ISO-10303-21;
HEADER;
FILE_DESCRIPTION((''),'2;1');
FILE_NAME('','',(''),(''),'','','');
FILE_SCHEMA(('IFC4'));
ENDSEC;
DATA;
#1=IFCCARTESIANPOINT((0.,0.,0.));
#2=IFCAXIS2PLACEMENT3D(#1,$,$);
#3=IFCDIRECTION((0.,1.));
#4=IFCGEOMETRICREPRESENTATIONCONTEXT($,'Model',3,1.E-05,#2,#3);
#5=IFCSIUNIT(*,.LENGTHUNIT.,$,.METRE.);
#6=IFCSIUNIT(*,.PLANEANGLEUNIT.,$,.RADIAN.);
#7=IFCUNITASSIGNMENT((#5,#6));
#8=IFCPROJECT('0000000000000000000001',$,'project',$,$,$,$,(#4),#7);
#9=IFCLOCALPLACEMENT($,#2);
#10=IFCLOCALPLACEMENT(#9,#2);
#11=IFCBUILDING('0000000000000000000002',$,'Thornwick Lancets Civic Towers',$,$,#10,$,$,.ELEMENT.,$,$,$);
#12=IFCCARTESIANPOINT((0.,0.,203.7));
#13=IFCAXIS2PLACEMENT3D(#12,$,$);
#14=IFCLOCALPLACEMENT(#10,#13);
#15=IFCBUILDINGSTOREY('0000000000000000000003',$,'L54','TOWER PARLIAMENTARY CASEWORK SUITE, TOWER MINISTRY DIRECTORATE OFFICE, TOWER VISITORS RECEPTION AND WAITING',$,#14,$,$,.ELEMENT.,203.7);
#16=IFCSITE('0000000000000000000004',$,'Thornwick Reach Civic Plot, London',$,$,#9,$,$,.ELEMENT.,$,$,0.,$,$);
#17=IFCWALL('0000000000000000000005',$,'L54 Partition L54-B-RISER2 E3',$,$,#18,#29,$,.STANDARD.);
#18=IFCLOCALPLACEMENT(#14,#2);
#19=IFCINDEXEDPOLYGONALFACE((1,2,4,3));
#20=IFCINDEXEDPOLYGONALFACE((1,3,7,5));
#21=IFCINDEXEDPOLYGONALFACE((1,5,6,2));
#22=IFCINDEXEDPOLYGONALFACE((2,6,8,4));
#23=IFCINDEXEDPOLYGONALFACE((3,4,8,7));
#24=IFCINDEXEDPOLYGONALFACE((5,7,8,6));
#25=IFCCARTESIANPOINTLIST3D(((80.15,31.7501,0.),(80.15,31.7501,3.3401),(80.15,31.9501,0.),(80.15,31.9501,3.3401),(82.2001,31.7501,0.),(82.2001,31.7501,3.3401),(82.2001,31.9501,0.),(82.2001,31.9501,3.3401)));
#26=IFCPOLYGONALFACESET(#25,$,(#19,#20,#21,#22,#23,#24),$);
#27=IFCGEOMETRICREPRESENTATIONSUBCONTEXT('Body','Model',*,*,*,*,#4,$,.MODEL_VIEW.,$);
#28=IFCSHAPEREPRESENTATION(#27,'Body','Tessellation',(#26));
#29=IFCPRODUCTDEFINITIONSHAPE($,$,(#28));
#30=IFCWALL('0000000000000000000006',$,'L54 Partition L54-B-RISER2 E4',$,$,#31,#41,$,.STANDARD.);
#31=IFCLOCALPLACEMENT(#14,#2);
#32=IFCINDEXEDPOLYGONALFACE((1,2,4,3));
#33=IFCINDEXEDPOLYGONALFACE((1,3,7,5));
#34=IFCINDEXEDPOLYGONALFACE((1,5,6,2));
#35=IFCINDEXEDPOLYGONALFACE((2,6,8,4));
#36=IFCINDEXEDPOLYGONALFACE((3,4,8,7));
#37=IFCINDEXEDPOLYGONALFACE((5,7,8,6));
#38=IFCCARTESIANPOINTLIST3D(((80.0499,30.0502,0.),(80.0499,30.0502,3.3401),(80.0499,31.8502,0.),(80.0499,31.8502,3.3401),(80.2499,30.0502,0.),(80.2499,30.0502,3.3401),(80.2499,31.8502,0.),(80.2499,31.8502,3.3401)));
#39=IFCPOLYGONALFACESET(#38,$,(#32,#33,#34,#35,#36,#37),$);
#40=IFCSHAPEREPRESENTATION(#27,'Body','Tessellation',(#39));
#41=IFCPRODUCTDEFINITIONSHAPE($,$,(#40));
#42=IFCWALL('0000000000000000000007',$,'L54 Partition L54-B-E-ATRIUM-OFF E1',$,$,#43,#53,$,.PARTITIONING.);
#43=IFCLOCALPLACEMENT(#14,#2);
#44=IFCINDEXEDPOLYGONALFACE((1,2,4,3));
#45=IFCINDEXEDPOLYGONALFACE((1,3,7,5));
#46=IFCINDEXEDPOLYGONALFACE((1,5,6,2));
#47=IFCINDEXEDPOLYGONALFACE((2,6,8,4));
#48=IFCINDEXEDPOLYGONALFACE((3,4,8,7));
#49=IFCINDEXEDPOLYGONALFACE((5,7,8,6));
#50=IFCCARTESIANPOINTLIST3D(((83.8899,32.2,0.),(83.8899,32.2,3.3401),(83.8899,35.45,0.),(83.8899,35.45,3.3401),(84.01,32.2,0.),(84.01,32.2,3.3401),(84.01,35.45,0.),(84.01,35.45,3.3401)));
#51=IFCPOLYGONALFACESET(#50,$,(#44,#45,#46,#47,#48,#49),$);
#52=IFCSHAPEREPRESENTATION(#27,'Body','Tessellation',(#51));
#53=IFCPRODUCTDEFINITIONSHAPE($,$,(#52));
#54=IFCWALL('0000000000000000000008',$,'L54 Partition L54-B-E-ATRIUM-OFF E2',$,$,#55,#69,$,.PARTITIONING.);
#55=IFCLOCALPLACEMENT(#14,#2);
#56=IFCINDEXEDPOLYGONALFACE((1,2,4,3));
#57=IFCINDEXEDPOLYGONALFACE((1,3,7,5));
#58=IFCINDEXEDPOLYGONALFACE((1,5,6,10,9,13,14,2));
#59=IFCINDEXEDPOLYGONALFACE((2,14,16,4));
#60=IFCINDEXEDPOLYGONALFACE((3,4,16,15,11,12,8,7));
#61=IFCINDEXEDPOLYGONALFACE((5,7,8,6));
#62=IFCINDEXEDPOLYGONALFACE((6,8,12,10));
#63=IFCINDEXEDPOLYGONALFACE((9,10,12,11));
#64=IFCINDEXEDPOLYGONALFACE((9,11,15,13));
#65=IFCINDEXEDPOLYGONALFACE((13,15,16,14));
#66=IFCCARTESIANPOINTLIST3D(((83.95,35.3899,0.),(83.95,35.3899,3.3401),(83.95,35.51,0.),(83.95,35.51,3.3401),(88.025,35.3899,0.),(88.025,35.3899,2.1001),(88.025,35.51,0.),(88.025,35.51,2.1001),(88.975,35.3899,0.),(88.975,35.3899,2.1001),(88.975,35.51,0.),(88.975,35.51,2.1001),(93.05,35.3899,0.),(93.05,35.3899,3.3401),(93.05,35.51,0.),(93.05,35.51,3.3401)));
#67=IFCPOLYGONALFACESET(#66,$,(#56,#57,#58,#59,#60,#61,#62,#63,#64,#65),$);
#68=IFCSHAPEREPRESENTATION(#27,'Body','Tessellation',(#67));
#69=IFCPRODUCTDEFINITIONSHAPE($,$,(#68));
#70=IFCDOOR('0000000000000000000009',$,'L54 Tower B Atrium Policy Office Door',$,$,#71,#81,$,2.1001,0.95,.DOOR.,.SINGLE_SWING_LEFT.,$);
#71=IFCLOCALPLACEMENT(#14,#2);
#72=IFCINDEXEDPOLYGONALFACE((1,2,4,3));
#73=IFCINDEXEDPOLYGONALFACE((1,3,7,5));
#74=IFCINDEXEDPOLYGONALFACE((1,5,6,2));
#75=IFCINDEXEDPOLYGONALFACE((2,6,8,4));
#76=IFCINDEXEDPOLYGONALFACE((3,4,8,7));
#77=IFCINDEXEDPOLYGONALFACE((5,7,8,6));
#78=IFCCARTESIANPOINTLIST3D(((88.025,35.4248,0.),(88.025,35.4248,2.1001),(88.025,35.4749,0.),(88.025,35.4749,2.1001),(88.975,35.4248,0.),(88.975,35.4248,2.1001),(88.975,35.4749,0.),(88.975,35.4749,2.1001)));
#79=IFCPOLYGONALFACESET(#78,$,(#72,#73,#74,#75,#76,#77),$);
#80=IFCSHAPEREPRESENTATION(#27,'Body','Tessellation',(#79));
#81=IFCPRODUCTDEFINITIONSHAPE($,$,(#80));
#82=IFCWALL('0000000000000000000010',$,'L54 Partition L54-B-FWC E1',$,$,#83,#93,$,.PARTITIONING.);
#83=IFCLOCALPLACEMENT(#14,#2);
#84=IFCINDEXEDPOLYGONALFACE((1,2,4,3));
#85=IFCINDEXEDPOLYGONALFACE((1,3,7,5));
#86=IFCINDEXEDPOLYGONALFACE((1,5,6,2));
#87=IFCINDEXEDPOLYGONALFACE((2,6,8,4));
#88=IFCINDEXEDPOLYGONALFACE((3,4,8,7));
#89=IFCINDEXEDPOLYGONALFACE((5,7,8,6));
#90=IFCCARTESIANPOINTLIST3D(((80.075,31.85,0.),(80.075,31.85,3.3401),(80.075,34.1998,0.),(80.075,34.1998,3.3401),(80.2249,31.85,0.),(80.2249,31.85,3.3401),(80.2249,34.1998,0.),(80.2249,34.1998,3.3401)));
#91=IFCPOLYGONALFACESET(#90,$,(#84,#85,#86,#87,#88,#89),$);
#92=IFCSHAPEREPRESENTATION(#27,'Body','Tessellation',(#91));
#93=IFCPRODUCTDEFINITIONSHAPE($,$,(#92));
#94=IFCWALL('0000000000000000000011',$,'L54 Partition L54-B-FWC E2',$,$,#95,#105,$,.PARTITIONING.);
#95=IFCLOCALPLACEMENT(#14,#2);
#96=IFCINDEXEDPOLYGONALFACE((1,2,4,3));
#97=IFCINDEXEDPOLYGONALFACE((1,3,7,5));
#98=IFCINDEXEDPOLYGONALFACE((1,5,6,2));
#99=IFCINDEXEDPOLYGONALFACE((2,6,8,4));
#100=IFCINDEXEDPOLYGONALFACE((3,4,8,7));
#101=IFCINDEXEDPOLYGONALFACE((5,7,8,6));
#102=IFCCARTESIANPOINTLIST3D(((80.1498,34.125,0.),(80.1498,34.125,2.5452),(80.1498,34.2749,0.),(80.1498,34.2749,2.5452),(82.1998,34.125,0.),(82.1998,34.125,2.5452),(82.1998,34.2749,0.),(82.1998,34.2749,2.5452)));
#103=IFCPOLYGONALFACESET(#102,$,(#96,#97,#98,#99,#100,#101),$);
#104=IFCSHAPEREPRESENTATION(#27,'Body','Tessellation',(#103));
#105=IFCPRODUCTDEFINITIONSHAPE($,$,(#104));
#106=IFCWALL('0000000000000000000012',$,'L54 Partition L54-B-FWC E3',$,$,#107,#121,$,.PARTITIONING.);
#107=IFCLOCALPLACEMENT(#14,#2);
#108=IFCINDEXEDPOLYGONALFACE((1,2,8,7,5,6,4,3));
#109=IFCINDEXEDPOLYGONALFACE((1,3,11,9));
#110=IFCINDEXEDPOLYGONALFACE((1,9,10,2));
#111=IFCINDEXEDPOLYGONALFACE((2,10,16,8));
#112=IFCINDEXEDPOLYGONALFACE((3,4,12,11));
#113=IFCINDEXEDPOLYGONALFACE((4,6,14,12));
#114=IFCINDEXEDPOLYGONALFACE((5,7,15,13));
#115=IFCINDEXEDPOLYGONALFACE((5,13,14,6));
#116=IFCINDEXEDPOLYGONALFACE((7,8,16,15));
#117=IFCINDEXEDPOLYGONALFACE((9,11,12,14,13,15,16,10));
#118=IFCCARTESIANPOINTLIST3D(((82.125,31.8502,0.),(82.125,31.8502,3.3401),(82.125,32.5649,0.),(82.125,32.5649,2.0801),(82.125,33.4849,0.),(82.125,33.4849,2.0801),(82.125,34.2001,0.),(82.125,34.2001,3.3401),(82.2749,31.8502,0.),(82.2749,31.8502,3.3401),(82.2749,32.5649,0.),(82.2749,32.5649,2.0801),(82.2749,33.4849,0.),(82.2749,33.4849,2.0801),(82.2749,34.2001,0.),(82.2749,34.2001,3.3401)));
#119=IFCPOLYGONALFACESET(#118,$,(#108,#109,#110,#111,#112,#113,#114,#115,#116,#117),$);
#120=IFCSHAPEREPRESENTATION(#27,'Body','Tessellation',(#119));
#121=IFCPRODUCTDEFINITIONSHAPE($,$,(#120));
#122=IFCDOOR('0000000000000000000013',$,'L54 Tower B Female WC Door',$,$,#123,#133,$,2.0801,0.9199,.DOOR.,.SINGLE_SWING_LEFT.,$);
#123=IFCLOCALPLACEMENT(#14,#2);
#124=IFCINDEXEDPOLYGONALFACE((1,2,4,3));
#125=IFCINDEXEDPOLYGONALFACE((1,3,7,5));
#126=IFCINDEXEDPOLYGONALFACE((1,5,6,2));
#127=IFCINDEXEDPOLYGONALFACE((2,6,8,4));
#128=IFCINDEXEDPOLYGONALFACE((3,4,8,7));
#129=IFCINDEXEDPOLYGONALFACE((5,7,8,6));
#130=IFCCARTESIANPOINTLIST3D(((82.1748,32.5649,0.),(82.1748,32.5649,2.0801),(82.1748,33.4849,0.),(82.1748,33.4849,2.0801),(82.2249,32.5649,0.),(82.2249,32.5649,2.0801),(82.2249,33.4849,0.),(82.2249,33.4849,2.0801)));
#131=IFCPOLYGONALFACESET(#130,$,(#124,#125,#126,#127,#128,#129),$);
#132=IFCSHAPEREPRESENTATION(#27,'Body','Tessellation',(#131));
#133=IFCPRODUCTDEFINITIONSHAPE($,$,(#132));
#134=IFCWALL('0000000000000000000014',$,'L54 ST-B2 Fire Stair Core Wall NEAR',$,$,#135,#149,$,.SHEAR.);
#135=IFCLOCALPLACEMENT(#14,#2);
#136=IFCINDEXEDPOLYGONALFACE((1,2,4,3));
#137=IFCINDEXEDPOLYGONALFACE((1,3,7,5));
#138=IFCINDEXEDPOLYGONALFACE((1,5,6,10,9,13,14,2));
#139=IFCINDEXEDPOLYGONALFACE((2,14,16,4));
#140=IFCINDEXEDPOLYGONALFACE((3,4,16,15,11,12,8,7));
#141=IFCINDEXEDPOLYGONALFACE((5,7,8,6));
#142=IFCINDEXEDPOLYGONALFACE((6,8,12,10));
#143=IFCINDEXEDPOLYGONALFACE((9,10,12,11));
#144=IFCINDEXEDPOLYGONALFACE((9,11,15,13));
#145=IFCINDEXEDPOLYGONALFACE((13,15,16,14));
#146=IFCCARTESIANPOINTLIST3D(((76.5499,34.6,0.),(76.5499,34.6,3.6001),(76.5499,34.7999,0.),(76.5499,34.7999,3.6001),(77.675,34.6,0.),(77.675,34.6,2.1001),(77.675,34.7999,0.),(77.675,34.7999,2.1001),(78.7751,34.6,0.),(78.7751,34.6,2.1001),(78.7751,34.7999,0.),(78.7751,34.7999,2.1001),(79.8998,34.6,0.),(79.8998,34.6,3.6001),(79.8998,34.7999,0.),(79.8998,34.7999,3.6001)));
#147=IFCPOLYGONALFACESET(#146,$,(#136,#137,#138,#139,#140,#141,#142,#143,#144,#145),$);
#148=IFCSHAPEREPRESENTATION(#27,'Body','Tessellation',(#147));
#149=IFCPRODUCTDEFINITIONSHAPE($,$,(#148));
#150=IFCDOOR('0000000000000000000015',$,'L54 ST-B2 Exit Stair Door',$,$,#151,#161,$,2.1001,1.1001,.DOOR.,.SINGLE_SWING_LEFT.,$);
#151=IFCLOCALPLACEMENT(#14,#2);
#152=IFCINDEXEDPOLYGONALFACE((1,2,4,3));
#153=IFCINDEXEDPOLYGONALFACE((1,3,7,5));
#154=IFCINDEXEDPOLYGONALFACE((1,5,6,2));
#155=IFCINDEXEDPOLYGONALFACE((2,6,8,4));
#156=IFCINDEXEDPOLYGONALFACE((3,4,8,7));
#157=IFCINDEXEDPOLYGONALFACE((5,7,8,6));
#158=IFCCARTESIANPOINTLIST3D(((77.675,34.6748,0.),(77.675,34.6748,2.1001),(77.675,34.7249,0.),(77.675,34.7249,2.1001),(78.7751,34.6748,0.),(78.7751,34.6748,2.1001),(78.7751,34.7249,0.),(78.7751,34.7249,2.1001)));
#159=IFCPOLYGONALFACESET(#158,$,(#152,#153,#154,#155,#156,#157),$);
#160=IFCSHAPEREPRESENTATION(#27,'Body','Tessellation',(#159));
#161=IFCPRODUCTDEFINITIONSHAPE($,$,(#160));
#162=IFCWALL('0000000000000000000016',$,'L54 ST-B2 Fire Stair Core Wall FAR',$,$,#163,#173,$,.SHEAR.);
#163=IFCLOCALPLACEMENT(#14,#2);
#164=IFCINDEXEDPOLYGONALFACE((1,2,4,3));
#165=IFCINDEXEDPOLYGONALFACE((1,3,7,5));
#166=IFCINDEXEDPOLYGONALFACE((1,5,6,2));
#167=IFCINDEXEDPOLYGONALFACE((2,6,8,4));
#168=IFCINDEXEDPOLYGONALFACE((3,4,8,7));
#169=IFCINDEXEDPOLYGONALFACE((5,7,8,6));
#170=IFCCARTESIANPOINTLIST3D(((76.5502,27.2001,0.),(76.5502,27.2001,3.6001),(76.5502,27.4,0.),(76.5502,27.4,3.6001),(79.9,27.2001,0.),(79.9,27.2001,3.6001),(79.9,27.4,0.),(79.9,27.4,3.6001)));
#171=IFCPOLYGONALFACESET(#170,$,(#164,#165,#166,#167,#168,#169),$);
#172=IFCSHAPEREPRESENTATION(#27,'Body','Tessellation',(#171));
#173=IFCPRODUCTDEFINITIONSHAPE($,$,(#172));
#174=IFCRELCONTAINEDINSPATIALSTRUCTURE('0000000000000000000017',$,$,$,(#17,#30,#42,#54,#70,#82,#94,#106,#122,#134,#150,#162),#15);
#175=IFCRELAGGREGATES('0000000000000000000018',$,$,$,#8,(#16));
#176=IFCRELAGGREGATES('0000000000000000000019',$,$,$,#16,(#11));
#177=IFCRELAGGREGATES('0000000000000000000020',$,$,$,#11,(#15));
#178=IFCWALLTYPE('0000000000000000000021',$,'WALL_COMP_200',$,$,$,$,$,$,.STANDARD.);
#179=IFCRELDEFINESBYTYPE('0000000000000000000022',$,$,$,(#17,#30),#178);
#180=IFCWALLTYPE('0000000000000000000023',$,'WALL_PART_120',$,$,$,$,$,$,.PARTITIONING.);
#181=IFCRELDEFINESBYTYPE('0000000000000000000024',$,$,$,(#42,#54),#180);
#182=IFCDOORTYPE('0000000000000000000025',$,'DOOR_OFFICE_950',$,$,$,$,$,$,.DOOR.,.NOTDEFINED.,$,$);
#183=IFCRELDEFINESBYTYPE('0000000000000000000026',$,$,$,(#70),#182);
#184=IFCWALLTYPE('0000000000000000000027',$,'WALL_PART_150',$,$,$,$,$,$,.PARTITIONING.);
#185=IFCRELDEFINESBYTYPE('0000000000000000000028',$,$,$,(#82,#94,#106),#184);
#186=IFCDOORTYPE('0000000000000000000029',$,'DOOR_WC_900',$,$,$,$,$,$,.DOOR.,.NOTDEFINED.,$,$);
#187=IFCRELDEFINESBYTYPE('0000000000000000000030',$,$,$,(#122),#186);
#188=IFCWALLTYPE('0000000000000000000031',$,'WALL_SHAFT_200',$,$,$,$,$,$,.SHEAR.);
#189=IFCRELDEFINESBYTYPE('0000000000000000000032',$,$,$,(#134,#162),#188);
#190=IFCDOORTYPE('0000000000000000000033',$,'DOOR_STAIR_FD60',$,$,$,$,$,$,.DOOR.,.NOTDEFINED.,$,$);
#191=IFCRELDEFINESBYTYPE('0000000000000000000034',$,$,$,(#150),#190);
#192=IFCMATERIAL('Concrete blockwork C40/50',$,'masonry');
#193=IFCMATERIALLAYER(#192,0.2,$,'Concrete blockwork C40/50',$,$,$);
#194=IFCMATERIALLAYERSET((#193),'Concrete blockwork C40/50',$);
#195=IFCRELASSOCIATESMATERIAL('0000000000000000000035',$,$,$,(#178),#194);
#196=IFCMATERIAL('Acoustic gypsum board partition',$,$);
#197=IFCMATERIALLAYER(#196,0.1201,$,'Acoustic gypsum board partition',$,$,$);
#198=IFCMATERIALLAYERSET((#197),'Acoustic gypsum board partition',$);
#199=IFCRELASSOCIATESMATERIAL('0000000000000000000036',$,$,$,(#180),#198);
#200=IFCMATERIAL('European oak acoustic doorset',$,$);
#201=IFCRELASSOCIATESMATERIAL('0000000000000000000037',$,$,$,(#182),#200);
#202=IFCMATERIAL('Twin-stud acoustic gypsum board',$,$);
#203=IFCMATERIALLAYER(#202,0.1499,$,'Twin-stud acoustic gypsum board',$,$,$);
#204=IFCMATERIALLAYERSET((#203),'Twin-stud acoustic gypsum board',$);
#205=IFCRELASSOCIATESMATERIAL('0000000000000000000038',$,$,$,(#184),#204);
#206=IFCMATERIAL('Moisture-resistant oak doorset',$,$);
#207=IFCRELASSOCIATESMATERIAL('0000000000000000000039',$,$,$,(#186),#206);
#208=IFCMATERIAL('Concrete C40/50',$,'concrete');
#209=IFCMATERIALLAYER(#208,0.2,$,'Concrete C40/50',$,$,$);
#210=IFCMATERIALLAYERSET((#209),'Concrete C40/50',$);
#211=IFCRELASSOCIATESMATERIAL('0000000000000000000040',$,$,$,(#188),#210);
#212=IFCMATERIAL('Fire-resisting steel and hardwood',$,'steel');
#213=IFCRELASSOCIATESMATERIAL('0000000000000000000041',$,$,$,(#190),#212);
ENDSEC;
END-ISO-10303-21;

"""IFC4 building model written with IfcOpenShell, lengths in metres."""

from ifc_helpers import new_model, si_unit, direction, frame, frame_2d, origin, place, context, subcontext, project, spatial, rectangle, extrude, material, layer, layer_set, type_object, element, fill, save


model = new_model("IFC4")

# Units and contexts
model_context = context("Model", 3, precision=1e-05, world=origin(), true_north=direction((0.0, 1.0)))
body_context = subcontext(model_context, "Body", "Model", "MODEL_VIEW")
ifc_project = project(units=[si_unit("LENGTHUNIT", "METRE"), si_unit("PLANEANGLEUNIT", "RADIAN")], contexts=[model_context])

# Site, building, storey
site_placement = place(None, origin())
site = spatial("IfcSite", under=ifc_project, at=site_placement, Name="Thornwick Reach Civic Plot, London", CompositionType="ELEMENT", RefElevation=0.0)
building_placement = place(site_placement, origin())
building = spatial("IfcBuilding", under=site, at=building_placement, Name="Thornwick Lancets Civic Towers", CompositionType="ELEMENT")
storey_placement = place(building_placement, frame((0.0, 0.0, 203.7)))
storey = spatial("IfcBuildingStorey", under=building, at=storey_placement, Name="L54", Description="TOWER PARLIAMENTARY CASEWORK SUITE, TOWER MINISTRY DIRECTORATE OFFICE, TOWER VISITORS RECEPTION AND WAITING", CompositionType="ELEMENT", Elevation=203.7)

# Shared definitions
ifc_material_1 = material(Name="Concrete blockwork C40/50", Category="masonry")
ifc_layer_1 = layer(ifc_material_1, 0.2, Name="Concrete blockwork C40/50")
ifc_layer_set_1 = layer_set([ifc_layer_1], Name="Concrete blockwork C40/50")
wall_type_1 = type_object("IfcWallType", Name="WALL_COMP_200", PredefinedType="STANDARD", material=ifc_layer_set_1)

# Walls
wall_1_placement = place(storey_placement, frame((82.2, 31.8501, 0.0), z_axis=(0.0, 0.0, 1.0), x_axis=(-1.0, 0.0, 0.0)))
element("IfcWall", 1, at=wall_1_placement, inside=storey, type_object=wall_type_1, Name="L54 Partition L54-B-RISER2 E3", PredefinedType="STANDARD", context=body_context, shape_type="SweptSolid", body=[
    extrude(rectangle(XDim=2.05, YDim=0.2, at=frame_2d((1.0249, 0.0))), origin(), (0.0, 0.0, 1.0), 3.3401),
])
wall_2_placement = place(storey_placement, frame((80.1499, 31.8501, 0.0), z_axis=(0.0, 0.0, 1.0), x_axis=(0.0, -1.0, 0.0)))
element("IfcWall", 2, at=wall_2_placement, inside=storey, type_object=wall_type_1, Name="L54 Partition L54-B-RISER2 E4", PredefinedType="STANDARD", context=body_context, shape_type="SweptSolid", body=[
    extrude(rectangle(XDim=1.8, YDim=0.2, at=frame_2d((0.8999, 0.0))), origin(), (0.0, 0.0, 1.0), 3.3401),
])
ifc_material_2 = material(Name="Acoustic gypsum board partition")
ifc_layer_2 = layer(ifc_material_2, 0.1201, Name="Acoustic gypsum board partition")
ifc_layer_set_2 = layer_set([ifc_layer_2], Name="Acoustic gypsum board partition")
wall_type_2 = type_object("IfcWallType", Name="WALL_PART_120", PredefinedType="PARTITIONING", material=ifc_layer_set_2)
wall_3_placement = place(storey_placement, frame((83.95, 32.2, 0.0), z_axis=(0.0, 0.0, 1.0), x_axis=(0.0, 1.0, 0.0)))
element("IfcWall", 3, at=wall_3_placement, inside=storey, type_object=wall_type_2, Name="L54 Partition L54-B-E-ATRIUM-OFF E1", PredefinedType="PARTITIONING", context=body_context, shape_type="SweptSolid", body=[
    extrude(rectangle(XDim=3.25, YDim=0.1201, at=frame_2d((1.625, 0.0))), origin(), (0.0, 0.0, 1.0), 3.3401),
])

# Wall, opening, door
wall_4_placement = place(storey_placement, frame((83.95, 35.45, 0.0), z_axis=(0.0, 0.0, 1.0), x_axis=(1.0, 0.0, 0.0)))
wall_4 = element("IfcWall", 4, at=wall_4_placement, inside=storey, type_object=wall_type_2, Name="L54 Partition L54-B-E-ATRIUM-OFF E2", PredefinedType="PARTITIONING", context=body_context, shape_type="SweptSolid", body=[
    extrude(rectangle(XDim=9.1001, YDim=0.1201, at=frame_2d((4.55, 0.0))), origin(), (0.0, 0.0, 1.0), 3.3401),
])
opening_1_placement = place(wall_4_placement, frame((4.075, 0.0, 0.0)))
opening_1 = element("IfcOpeningElement", 5, at=opening_1_placement, cuts=wall_4, PredefinedType="OPENING", context=body_context, shape_type="SweptSolid", body=[
    extrude(rectangle(XDim=0.95, YDim=2.1001, at=frame_2d((0.4751, 1.05))), frame((0.0, 0.0701, 0.0), z_axis=(0.0, -1.0, 0.0), x_axis=(1.0, 0.0, 0.0)), (0.0, 0.0, 1.0), 0.1401),
])
ifc_material_3 = material(Name="European oak acoustic doorset")
door_type_1 = type_object("IfcDoorType", Name="DOOR_OFFICE_950", OperationType="NOTDEFINED", PredefinedType="DOOR", material=ifc_material_3)
door_1_placement = place(opening_1_placement, origin())
door_1 = element("IfcDoor", 6, at=door_1_placement, inside=storey, type_object=door_type_1, Name="L54 Tower B Atrium Policy Office Door", OperationType="SINGLE_SWING_LEFT", OverallHeight=2.1001, OverallWidth=0.95, PredefinedType="DOOR", context=body_context, shape_type="SweptSolid", body=[
    extrude(rectangle(XDim=0.95, YDim=2.1001, at=frame_2d((0.4751, 1.05))), frame((0.0, 0.0249, 0.0), z_axis=(0.0, -1.0, 0.0), x_axis=(1.0, 0.0, 0.0)), (0.0, 0.0, 1.0), 0.05),
])
fill(opening_1, door_1)

# Walls
ifc_material_4 = material(Name="Twin-stud acoustic gypsum board")
ifc_layer_3 = layer(ifc_material_4, 0.1499, Name="Twin-stud acoustic gypsum board")
ifc_layer_set_3 = layer_set([ifc_layer_3], Name="Twin-stud acoustic gypsum board")
wall_type_3 = type_object("IfcWallType", Name="WALL_PART_150", PredefinedType="PARTITIONING", material=ifc_layer_set_3)
wall_5_placement = place(storey_placement, frame((80.1499, 31.8501, 0.0), z_axis=(0.0, 0.0, 1.0), x_axis=(0.0, 1.0, 0.0)))
element("IfcWall", 7, at=wall_5_placement, inside=storey, type_object=wall_type_3, Name="L54 Partition L54-B-FWC E1", PredefinedType="PARTITIONING", context=body_context, shape_type="SweptSolid", body=[
    extrude(rectangle(XDim=2.3499, YDim=0.1499, at=frame_2d((1.1748, 0.0))), origin(), (0.0, 0.0, 1.0), 3.3401),
])
wall_6_placement = place(storey_placement, frame((80.1499, 34.2, 0.0), z_axis=(0.0, 0.0, 1.0), x_axis=(1.0, 0.0, 0.0)))
element("IfcWall", 8, at=wall_6_placement, inside=storey, type_object=wall_type_3, Name="L54 Partition L54-B-FWC E2", PredefinedType="PARTITIONING", context=body_context, shape_type="SweptSolid", body=[
    extrude(rectangle(XDim=2.05, YDim=0.1499, at=frame_2d((1.0249, 0.0))), origin(), (0.0, 0.0, 1.0), 2.5452),
])

# Walls, openings, doors
wall_7_placement = place(storey_placement, frame((82.2, 34.2, 0.0), z_axis=(0.0, 0.0, 1.0), x_axis=(0.0, -1.0, 0.0)))
wall_7 = element("IfcWall", 9, at=wall_7_placement, inside=storey, type_object=wall_type_3, Name="L54 Partition L54-B-FWC E3", PredefinedType="PARTITIONING", context=body_context, shape_type="SweptSolid", body=[
    extrude(rectangle(XDim=2.3499, YDim=0.1499, at=frame_2d((1.1748, 0.0))), origin(), (0.0, 0.0, 1.0), 3.3401),
])
opening_2_placement = place(wall_7_placement, frame((0.7151, 0.0, 0.0)))
opening_2 = element("IfcOpeningElement", 10, at=opening_2_placement, cuts=wall_7, PredefinedType="OPENING", context=body_context, shape_type="SweptSolid", body=[
    extrude(rectangle(XDim=0.9199, YDim=2.0801, at=frame_2d((0.46, 1.04))), frame((0.0, 0.085, 0.0), z_axis=(0.0, -1.0, 0.0), x_axis=(1.0, 0.0, 0.0)), (0.0, 0.0, 1.0), 0.1699),
])
ifc_material_5 = material(Name="Moisture-resistant oak doorset")
door_type_2 = type_object("IfcDoorType", Name="DOOR_WC_900", OperationType="NOTDEFINED", PredefinedType="DOOR", material=ifc_material_5)
door_2_placement = place(opening_2_placement, origin())
door_2 = element("IfcDoor", 11, at=door_2_placement, inside=storey, type_object=door_type_2, Name="L54 Tower B Female WC Door", OperationType="SINGLE_SWING_LEFT", OverallHeight=2.0801, OverallWidth=0.9199, PredefinedType="DOOR", context=body_context, shape_type="SweptSolid", body=[
    extrude(rectangle(XDim=0.9199, YDim=2.0801, at=frame_2d((0.46, 1.04))), frame((0.0, 0.0249, 0.0), z_axis=(0.0, -1.0, 0.0), x_axis=(1.0, 0.0, 0.0)), (0.0, 0.0, 1.0), 0.05),
])
fill(opening_2, door_2)
ifc_material_6 = material(Name="Concrete C40/50", Category="concrete")
ifc_layer_4 = layer(ifc_material_6, 0.2, Name="Concrete C40/50")
ifc_layer_set_4 = layer_set([ifc_layer_4], Name="Concrete C40/50")
wall_type_4 = type_object("IfcWallType", Name="WALL_SHAFT_200", PredefinedType="SHEAR", material=ifc_layer_set_4)
wall_8_placement = place(storey_placement, frame((76.55, 34.7, 0.0), z_axis=(0.0, 0.0, 1.0), x_axis=(1.0, 0.0, 0.0)))
wall_8 = element("IfcWall", 12, at=wall_8_placement, inside=storey, type_object=wall_type_4, Name="L54 ST-B2 Fire Stair Core Wall NEAR", PredefinedType="SHEAR", context=body_context, shape_type="SweptSolid", body=[
    extrude(rectangle(XDim=3.3499, YDim=0.2, at=frame_2d((1.6748, 0.0))), origin(), (0.0, 0.0, 1.0), 3.6001),
])
opening_3_placement = place(wall_8_placement, frame((1.125, 0.0, 0.0)))
opening_3 = element("IfcOpeningElement", 13, at=opening_3_placement, cuts=wall_8, PredefinedType="OPENING", context=body_context, shape_type="SweptSolid", body=[
    extrude(rectangle(XDim=1.1001, YDim=2.1001, at=frame_2d((0.55, 1.05))), frame((0.0, 0.1099, 0.0), z_axis=(0.0, -1.0, 0.0), x_axis=(1.0, 0.0, 0.0)), (0.0, 0.0, 1.0), 0.22),
])
ifc_material_7 = material(Name="Fire-resisting steel and hardwood", Category="steel")
door_type_3 = type_object("IfcDoorType", Name="DOOR_STAIR_FD60", OperationType="NOTDEFINED", PredefinedType="DOOR", material=ifc_material_7)
door_3_placement = place(opening_3_placement, origin())
door_3 = element("IfcDoor", 14, at=door_3_placement, inside=storey, type_object=door_type_3, Name="L54 ST-B2 Exit Stair Door", OperationType="SINGLE_SWING_LEFT", OverallHeight=2.1001, OverallWidth=1.1001, PredefinedType="DOOR", context=body_context, shape_type="SweptSolid", body=[
    extrude(rectangle(XDim=1.1001, YDim=2.1001, at=frame_2d((0.55, 1.05))), frame((0.0, 0.0249, 0.0), z_axis=(0.0, -1.0, 0.0), x_axis=(1.0, 0.0, 0.0)), (0.0, 0.0, 1.0), 0.05),
])
fill(opening_3, door_3)

# Wall
wall_9_placement = place(storey_placement, frame((79.8999, 27.3, 0.0), z_axis=(0.0, 0.0, 1.0), x_axis=(-1.0, 0.0, 0.0)))
element("IfcWall", 15, at=wall_9_placement, inside=storey, type_object=wall_type_4, Name="L54 ST-B2 Fire Stair Core Wall FAR", PredefinedType="SHEAR", context=body_context, shape_type="SweptSolid", body=[
    extrude(rectangle(XDim=3.3499, YDim=0.2, at=frame_2d((1.6748, 0.0))), origin(), (0.0, 0.0, 1.0), 3.6001),
])

save(model, "model.ifc")
